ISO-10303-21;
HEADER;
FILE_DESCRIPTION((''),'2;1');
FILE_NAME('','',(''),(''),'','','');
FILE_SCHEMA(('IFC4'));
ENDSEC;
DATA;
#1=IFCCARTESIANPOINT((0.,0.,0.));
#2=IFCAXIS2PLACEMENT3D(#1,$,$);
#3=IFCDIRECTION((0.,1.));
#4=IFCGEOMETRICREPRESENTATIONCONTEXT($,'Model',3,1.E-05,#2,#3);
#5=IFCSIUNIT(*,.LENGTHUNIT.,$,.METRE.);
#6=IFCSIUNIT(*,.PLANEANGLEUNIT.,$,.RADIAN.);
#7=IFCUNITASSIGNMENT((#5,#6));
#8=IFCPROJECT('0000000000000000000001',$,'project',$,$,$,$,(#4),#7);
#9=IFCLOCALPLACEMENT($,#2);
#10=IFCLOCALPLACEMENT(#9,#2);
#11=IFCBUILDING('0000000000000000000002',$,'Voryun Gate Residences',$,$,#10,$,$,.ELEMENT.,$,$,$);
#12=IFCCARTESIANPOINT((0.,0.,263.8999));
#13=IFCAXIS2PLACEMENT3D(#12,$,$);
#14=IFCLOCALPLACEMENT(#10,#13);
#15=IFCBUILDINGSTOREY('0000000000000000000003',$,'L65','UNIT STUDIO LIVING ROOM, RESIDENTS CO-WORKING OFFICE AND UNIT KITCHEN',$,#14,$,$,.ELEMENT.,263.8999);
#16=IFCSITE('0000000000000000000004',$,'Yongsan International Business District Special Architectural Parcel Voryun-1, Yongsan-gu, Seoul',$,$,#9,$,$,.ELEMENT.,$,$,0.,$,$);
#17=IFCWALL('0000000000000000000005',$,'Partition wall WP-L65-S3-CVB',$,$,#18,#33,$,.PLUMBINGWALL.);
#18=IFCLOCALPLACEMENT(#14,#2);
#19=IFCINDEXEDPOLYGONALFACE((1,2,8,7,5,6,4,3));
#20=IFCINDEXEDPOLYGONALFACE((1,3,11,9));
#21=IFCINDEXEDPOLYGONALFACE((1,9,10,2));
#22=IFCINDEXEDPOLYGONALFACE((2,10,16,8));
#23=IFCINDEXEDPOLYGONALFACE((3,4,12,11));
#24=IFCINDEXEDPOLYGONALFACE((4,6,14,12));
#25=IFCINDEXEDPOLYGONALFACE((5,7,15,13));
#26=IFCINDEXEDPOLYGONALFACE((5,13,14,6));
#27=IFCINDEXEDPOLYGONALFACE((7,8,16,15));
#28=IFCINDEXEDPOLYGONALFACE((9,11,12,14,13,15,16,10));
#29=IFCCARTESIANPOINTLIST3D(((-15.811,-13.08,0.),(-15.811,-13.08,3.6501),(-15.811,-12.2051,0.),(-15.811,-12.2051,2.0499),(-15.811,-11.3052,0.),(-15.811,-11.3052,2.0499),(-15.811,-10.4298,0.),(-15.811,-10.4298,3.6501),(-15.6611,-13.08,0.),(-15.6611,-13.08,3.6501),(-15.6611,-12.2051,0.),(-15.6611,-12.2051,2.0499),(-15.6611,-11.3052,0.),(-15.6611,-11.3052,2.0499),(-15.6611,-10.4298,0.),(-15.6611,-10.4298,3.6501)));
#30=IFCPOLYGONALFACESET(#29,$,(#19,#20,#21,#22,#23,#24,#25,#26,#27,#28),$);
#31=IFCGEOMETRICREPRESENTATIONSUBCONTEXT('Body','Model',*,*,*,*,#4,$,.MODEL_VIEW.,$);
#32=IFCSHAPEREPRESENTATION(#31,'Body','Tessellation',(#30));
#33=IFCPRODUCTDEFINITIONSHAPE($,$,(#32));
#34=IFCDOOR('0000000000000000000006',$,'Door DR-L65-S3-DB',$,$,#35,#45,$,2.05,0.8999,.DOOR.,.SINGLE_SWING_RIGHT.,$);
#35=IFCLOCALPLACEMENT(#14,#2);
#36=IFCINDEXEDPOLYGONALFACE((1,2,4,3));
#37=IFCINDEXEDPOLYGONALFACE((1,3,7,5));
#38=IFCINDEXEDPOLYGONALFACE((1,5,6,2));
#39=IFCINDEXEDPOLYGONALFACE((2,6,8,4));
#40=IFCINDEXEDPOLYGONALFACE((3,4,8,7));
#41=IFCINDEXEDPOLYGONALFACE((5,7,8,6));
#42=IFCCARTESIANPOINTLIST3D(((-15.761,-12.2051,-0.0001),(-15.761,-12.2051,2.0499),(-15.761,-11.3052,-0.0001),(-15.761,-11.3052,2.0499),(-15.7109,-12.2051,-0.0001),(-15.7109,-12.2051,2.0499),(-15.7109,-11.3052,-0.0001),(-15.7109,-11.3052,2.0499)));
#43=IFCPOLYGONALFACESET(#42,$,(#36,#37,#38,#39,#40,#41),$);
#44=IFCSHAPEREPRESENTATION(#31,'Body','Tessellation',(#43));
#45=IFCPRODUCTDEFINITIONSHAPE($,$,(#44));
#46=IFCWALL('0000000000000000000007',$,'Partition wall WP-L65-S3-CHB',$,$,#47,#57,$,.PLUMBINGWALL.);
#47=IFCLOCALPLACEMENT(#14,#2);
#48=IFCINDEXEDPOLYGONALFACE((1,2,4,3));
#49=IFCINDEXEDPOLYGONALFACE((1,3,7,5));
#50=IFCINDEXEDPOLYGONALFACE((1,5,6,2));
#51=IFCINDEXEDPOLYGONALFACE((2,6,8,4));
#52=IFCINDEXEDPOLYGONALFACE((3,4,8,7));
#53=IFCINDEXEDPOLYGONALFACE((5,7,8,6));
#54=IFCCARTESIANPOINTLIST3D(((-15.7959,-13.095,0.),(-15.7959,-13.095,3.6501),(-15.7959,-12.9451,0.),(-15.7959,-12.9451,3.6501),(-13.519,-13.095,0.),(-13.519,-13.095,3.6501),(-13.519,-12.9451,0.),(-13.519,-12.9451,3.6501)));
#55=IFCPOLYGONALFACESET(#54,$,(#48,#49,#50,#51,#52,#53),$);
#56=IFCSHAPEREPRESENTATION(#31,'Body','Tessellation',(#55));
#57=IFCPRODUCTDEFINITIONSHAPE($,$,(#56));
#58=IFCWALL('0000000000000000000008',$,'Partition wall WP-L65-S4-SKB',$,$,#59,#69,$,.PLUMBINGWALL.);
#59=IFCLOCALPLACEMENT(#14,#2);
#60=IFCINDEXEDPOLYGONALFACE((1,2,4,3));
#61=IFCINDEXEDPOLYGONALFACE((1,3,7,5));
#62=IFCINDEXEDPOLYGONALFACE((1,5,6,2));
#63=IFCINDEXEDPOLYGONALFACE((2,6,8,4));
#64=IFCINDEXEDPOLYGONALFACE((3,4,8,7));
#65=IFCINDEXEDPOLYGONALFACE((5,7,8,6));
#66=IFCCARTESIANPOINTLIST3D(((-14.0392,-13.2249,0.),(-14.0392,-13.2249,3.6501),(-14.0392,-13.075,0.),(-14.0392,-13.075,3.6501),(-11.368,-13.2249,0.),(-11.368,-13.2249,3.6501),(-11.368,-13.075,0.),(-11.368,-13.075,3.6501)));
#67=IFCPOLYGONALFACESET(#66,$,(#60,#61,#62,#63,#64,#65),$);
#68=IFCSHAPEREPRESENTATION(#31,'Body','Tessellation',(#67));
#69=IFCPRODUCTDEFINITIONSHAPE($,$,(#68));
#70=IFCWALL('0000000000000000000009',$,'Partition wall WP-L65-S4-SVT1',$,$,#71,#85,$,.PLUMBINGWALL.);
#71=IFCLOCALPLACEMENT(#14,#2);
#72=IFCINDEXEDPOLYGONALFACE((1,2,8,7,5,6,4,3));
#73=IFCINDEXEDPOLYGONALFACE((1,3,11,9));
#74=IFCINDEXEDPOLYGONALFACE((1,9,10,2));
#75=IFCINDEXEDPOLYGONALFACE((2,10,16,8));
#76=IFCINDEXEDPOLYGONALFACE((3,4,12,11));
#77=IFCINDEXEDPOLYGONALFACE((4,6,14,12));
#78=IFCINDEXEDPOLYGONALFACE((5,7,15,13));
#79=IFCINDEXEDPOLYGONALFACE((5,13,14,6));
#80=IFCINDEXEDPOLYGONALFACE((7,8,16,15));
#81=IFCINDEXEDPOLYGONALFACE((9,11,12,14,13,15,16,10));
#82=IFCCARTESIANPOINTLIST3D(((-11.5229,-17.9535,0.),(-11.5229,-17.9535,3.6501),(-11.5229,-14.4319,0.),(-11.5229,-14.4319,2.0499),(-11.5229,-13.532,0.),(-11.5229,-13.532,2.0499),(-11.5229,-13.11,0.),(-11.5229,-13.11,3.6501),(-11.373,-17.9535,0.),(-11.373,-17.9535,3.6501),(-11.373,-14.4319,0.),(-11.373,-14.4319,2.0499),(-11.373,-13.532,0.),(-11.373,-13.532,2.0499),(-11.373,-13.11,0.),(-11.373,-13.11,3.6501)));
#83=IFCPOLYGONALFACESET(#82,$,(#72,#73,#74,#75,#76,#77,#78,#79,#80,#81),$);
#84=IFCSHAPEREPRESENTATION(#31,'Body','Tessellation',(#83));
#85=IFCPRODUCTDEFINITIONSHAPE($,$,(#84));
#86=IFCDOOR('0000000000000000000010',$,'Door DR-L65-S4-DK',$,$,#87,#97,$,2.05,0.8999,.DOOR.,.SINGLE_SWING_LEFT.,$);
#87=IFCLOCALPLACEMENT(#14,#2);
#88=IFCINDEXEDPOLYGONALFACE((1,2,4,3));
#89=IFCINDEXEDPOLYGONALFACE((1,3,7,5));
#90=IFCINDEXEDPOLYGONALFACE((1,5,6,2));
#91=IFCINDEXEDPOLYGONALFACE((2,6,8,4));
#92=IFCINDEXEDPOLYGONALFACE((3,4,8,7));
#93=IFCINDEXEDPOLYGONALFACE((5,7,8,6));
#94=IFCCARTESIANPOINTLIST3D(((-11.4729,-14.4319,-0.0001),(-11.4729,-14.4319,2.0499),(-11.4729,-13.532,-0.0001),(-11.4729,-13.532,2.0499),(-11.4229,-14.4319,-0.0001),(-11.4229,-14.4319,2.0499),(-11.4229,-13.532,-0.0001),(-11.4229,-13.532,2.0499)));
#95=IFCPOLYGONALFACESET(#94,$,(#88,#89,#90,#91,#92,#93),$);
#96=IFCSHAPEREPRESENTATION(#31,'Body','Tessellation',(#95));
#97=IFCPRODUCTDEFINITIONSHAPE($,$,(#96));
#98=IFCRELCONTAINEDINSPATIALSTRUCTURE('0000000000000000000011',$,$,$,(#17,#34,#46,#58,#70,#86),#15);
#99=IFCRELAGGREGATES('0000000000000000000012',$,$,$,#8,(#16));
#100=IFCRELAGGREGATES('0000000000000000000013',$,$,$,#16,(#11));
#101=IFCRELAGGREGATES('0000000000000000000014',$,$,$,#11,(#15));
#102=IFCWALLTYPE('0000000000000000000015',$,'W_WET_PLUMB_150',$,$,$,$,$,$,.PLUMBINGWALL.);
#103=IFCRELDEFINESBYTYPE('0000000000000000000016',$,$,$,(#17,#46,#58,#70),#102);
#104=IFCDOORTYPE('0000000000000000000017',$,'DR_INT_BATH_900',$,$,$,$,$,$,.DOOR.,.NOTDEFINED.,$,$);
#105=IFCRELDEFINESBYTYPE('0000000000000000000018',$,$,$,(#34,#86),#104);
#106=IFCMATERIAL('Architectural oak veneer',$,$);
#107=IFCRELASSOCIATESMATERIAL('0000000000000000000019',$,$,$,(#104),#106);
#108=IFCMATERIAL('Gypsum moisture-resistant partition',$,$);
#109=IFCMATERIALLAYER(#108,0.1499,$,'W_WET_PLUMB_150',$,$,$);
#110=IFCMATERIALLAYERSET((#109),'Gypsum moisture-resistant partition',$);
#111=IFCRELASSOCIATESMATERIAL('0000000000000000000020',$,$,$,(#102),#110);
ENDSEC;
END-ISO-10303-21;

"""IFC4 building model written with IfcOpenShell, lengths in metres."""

from ifc_helpers import new_model, si_unit, direction, frame, frame_2d, origin, place, context, subcontext, project, spatial, rectangle, extrude, material, layer, layer_set, type_object, element, fill, save


model = new_model("IFC4")

# Units and contexts
model_context = context("Model", 3, precision=1e-05, world=origin(), true_north=direction((0.0, 1.0)))
body_context = subcontext(model_context, "Body", "Model", "MODEL_VIEW")
ifc_project = project(units=[si_unit("LENGTHUNIT", "METRE"), si_unit("PLANEANGLEUNIT", "RADIAN")], contexts=[model_context])

# Site, building, storey
site_placement = place(None, origin())
site = spatial("IfcSite", under=ifc_project, at=site_placement, Name="Yongsan International Business District Special Architectural Parcel Voryun-1, Yongsan-gu, Seoul", CompositionType="ELEMENT", RefElevation=0.0)
building_placement = place(site_placement, origin())
building = spatial("IfcBuilding", under=site, at=building_placement, Name="Voryun Gate Residences", CompositionType="ELEMENT")
storey_placement = place(building_placement, frame((0.0, 0.0, 263.8999)))
storey = spatial("IfcBuildingStorey", under=building, at=storey_placement, Name="L65", Description="UNIT STUDIO LIVING ROOM, RESIDENTS CO-WORKING OFFICE AND UNIT KITCHEN", CompositionType="ELEMENT", Elevation=263.8999)

# Wall, opening, door
ifc_material_1 = material(Name="Architectural oak veneer")
door_type_1 = type_object("IfcDoorType", Name="DR_INT_BATH_900", OperationType="NOTDEFINED", PredefinedType="DOOR", material=ifc_material_1)
ifc_material_2 = material(Name="Gypsum moisture-resistant partition")
ifc_layer_1 = layer(ifc_material_2, 0.1499, Name="W_WET_PLUMB_150")
ifc_layer_set_1 = layer_set([ifc_layer_1], Name="Gypsum moisture-resistant partition")
wall_type_1 = type_object("IfcWallType", Name="W_WET_PLUMB_150", PredefinedType="PLUMBINGWALL", material=ifc_layer_set_1)
wall_1_placement = place(storey_placement, frame((-15.7361, -13.0801, 0.0), z_axis=(0.0, 0.0, 1.0), x_axis=(0.0, 1.0, 0.0)))
wall_1 = element("IfcWall", 1, at=wall_1_placement, inside=storey, type_object=wall_type_1, Name="Partition wall WP-L65-S3-CVB", PredefinedType="PLUMBINGWALL", context=body_context, shape_type="SweptSolid", body=[
    extrude(rectangle(XDim=2.6501, YDim=0.1499, at=frame_2d((1.3252, 0.0))), origin(), (0.0, 0.0, 1.0), 3.6501),
])
opening_1_placement = place(wall_1_placement, frame((0.875, 0.0, 0.0)))
opening_1 = element("IfcOpeningElement", 2, at=opening_1_placement, cuts=wall_1, PredefinedType="OPENING", context=body_context, shape_type="SweptSolid", body=[
    extrude(rectangle(XDim=0.8999, YDim=2.05, at=frame_2d((0.45, 1.0249))), frame((0.0, 0.085, 0.0), z_axis=(0.0, -1.0, 0.0), x_axis=(1.0, 0.0, 0.0)), (0.0, 0.0, 1.0), 0.1699),
])
door_1_placement = place(opening_1_placement, origin())
door_1 = element("IfcDoor", 3, at=door_1_placement, inside=storey, type_object=door_type_1, Name="Door DR-L65-S3-DB", OperationType="SINGLE_SWING_RIGHT", OverallHeight=2.05, OverallWidth=0.8999, PredefinedType="DOOR", context=body_context, shape_type="SweptSolid", body=[
    extrude(rectangle(XDim=0.8999, YDim=2.05, at=frame_2d((0.45, 1.0249))), frame((0.0, 0.0249, 0.0), z_axis=(0.0, -1.0, 0.0), x_axis=(1.0, 0.0, 0.0)), (0.0, 0.0, 1.0), 0.05),
])
fill(opening_1, door_1)

# Walls
wall_2_placement = place(storey_placement, frame((-15.7959, -13.02, 0.0), z_axis=(0.0, 0.0, 1.0), x_axis=(1.0, 0.0, 0.0)))
element("IfcWall", 4, at=wall_2_placement, inside=storey, type_object=wall_type_1, Name="Partition wall WP-L65-S3-CHB", PredefinedType="PLUMBINGWALL", context=body_context, shape_type="SweptSolid", body=[
    extrude(rectangle(XDim=2.2769, YDim=0.1499, at=frame_2d((1.1384, 0.0))), origin(), (0.0, 0.0, 1.0), 3.6501),
])
wall_3_placement = place(storey_placement, frame((-14.0391, -13.1499, 0.0), z_axis=(0.0, 0.0, 1.0), x_axis=(1.0, 0.0, 0.0)))
element("IfcWall", 5, at=wall_3_placement, inside=storey, type_object=wall_type_1, Name="Partition wall WP-L65-S4-SKB", PredefinedType="PLUMBINGWALL", context=body_context, shape_type="SweptSolid", body=[
    extrude(rectangle(XDim=2.6711, YDim=0.1499, at=frame_2d((1.3354, 0.0))), origin(), (0.0, 0.0, 1.0), 3.6501),
])

# Wall, opening, door
wall_4_placement = place(storey_placement, frame((-11.448, -17.9536, 0.0), z_axis=(0.0, 0.0, 1.0), x_axis=(0.0, 1.0, 0.0)))
wall_4 = element("IfcWall", 6, at=wall_4_placement, inside=storey, type_object=wall_type_1, Name="Partition wall WP-L65-S4-SVT1", PredefinedType="PLUMBINGWALL", context=body_context, shape_type="SweptSolid", body=[
    extrude(rectangle(XDim=4.8435, YDim=0.1499, at=frame_2d((2.4219, 0.0))), origin(), (0.0, 0.0, 1.0), 3.6501),
])
opening_2_placement = place(wall_4_placement, frame((3.5217, 0.0, 0.0)))
opening_2 = element("IfcOpeningElement", 7, at=opening_2_placement, cuts=wall_4, PredefinedType="OPENING", context=body_context, shape_type="SweptSolid", body=[
    extrude(rectangle(XDim=0.8999, YDim=2.05, at=frame_2d((0.45, 1.0249))), frame((0.0, 0.085, 0.0), z_axis=(0.0, -1.0, 0.0), x_axis=(1.0, 0.0, 0.0)), (0.0, 0.0, 1.0), 0.1699),
])
door_2_placement = place(opening_2_placement, origin())
door_2 = element("IfcDoor", 8, at=door_2_placement, inside=storey, type_object=door_type_1, Name="Door DR-L65-S4-DK", OperationType="SINGLE_SWING_LEFT", OverallHeight=2.05, OverallWidth=0.8999, PredefinedType="DOOR", context=body_context, shape_type="SweptSolid", body=[
    extrude(rectangle(XDim=0.8999, YDim=2.05, at=frame_2d((0.45, 1.0249))), frame((0.0, 0.0249, 0.0), z_axis=(0.0, -1.0, 0.0), x_axis=(1.0, 0.0, 0.0)), (0.0, 0.0, 1.0), 0.05),
])
fill(opening_2, door_2)

save(model, "model.ifc")
